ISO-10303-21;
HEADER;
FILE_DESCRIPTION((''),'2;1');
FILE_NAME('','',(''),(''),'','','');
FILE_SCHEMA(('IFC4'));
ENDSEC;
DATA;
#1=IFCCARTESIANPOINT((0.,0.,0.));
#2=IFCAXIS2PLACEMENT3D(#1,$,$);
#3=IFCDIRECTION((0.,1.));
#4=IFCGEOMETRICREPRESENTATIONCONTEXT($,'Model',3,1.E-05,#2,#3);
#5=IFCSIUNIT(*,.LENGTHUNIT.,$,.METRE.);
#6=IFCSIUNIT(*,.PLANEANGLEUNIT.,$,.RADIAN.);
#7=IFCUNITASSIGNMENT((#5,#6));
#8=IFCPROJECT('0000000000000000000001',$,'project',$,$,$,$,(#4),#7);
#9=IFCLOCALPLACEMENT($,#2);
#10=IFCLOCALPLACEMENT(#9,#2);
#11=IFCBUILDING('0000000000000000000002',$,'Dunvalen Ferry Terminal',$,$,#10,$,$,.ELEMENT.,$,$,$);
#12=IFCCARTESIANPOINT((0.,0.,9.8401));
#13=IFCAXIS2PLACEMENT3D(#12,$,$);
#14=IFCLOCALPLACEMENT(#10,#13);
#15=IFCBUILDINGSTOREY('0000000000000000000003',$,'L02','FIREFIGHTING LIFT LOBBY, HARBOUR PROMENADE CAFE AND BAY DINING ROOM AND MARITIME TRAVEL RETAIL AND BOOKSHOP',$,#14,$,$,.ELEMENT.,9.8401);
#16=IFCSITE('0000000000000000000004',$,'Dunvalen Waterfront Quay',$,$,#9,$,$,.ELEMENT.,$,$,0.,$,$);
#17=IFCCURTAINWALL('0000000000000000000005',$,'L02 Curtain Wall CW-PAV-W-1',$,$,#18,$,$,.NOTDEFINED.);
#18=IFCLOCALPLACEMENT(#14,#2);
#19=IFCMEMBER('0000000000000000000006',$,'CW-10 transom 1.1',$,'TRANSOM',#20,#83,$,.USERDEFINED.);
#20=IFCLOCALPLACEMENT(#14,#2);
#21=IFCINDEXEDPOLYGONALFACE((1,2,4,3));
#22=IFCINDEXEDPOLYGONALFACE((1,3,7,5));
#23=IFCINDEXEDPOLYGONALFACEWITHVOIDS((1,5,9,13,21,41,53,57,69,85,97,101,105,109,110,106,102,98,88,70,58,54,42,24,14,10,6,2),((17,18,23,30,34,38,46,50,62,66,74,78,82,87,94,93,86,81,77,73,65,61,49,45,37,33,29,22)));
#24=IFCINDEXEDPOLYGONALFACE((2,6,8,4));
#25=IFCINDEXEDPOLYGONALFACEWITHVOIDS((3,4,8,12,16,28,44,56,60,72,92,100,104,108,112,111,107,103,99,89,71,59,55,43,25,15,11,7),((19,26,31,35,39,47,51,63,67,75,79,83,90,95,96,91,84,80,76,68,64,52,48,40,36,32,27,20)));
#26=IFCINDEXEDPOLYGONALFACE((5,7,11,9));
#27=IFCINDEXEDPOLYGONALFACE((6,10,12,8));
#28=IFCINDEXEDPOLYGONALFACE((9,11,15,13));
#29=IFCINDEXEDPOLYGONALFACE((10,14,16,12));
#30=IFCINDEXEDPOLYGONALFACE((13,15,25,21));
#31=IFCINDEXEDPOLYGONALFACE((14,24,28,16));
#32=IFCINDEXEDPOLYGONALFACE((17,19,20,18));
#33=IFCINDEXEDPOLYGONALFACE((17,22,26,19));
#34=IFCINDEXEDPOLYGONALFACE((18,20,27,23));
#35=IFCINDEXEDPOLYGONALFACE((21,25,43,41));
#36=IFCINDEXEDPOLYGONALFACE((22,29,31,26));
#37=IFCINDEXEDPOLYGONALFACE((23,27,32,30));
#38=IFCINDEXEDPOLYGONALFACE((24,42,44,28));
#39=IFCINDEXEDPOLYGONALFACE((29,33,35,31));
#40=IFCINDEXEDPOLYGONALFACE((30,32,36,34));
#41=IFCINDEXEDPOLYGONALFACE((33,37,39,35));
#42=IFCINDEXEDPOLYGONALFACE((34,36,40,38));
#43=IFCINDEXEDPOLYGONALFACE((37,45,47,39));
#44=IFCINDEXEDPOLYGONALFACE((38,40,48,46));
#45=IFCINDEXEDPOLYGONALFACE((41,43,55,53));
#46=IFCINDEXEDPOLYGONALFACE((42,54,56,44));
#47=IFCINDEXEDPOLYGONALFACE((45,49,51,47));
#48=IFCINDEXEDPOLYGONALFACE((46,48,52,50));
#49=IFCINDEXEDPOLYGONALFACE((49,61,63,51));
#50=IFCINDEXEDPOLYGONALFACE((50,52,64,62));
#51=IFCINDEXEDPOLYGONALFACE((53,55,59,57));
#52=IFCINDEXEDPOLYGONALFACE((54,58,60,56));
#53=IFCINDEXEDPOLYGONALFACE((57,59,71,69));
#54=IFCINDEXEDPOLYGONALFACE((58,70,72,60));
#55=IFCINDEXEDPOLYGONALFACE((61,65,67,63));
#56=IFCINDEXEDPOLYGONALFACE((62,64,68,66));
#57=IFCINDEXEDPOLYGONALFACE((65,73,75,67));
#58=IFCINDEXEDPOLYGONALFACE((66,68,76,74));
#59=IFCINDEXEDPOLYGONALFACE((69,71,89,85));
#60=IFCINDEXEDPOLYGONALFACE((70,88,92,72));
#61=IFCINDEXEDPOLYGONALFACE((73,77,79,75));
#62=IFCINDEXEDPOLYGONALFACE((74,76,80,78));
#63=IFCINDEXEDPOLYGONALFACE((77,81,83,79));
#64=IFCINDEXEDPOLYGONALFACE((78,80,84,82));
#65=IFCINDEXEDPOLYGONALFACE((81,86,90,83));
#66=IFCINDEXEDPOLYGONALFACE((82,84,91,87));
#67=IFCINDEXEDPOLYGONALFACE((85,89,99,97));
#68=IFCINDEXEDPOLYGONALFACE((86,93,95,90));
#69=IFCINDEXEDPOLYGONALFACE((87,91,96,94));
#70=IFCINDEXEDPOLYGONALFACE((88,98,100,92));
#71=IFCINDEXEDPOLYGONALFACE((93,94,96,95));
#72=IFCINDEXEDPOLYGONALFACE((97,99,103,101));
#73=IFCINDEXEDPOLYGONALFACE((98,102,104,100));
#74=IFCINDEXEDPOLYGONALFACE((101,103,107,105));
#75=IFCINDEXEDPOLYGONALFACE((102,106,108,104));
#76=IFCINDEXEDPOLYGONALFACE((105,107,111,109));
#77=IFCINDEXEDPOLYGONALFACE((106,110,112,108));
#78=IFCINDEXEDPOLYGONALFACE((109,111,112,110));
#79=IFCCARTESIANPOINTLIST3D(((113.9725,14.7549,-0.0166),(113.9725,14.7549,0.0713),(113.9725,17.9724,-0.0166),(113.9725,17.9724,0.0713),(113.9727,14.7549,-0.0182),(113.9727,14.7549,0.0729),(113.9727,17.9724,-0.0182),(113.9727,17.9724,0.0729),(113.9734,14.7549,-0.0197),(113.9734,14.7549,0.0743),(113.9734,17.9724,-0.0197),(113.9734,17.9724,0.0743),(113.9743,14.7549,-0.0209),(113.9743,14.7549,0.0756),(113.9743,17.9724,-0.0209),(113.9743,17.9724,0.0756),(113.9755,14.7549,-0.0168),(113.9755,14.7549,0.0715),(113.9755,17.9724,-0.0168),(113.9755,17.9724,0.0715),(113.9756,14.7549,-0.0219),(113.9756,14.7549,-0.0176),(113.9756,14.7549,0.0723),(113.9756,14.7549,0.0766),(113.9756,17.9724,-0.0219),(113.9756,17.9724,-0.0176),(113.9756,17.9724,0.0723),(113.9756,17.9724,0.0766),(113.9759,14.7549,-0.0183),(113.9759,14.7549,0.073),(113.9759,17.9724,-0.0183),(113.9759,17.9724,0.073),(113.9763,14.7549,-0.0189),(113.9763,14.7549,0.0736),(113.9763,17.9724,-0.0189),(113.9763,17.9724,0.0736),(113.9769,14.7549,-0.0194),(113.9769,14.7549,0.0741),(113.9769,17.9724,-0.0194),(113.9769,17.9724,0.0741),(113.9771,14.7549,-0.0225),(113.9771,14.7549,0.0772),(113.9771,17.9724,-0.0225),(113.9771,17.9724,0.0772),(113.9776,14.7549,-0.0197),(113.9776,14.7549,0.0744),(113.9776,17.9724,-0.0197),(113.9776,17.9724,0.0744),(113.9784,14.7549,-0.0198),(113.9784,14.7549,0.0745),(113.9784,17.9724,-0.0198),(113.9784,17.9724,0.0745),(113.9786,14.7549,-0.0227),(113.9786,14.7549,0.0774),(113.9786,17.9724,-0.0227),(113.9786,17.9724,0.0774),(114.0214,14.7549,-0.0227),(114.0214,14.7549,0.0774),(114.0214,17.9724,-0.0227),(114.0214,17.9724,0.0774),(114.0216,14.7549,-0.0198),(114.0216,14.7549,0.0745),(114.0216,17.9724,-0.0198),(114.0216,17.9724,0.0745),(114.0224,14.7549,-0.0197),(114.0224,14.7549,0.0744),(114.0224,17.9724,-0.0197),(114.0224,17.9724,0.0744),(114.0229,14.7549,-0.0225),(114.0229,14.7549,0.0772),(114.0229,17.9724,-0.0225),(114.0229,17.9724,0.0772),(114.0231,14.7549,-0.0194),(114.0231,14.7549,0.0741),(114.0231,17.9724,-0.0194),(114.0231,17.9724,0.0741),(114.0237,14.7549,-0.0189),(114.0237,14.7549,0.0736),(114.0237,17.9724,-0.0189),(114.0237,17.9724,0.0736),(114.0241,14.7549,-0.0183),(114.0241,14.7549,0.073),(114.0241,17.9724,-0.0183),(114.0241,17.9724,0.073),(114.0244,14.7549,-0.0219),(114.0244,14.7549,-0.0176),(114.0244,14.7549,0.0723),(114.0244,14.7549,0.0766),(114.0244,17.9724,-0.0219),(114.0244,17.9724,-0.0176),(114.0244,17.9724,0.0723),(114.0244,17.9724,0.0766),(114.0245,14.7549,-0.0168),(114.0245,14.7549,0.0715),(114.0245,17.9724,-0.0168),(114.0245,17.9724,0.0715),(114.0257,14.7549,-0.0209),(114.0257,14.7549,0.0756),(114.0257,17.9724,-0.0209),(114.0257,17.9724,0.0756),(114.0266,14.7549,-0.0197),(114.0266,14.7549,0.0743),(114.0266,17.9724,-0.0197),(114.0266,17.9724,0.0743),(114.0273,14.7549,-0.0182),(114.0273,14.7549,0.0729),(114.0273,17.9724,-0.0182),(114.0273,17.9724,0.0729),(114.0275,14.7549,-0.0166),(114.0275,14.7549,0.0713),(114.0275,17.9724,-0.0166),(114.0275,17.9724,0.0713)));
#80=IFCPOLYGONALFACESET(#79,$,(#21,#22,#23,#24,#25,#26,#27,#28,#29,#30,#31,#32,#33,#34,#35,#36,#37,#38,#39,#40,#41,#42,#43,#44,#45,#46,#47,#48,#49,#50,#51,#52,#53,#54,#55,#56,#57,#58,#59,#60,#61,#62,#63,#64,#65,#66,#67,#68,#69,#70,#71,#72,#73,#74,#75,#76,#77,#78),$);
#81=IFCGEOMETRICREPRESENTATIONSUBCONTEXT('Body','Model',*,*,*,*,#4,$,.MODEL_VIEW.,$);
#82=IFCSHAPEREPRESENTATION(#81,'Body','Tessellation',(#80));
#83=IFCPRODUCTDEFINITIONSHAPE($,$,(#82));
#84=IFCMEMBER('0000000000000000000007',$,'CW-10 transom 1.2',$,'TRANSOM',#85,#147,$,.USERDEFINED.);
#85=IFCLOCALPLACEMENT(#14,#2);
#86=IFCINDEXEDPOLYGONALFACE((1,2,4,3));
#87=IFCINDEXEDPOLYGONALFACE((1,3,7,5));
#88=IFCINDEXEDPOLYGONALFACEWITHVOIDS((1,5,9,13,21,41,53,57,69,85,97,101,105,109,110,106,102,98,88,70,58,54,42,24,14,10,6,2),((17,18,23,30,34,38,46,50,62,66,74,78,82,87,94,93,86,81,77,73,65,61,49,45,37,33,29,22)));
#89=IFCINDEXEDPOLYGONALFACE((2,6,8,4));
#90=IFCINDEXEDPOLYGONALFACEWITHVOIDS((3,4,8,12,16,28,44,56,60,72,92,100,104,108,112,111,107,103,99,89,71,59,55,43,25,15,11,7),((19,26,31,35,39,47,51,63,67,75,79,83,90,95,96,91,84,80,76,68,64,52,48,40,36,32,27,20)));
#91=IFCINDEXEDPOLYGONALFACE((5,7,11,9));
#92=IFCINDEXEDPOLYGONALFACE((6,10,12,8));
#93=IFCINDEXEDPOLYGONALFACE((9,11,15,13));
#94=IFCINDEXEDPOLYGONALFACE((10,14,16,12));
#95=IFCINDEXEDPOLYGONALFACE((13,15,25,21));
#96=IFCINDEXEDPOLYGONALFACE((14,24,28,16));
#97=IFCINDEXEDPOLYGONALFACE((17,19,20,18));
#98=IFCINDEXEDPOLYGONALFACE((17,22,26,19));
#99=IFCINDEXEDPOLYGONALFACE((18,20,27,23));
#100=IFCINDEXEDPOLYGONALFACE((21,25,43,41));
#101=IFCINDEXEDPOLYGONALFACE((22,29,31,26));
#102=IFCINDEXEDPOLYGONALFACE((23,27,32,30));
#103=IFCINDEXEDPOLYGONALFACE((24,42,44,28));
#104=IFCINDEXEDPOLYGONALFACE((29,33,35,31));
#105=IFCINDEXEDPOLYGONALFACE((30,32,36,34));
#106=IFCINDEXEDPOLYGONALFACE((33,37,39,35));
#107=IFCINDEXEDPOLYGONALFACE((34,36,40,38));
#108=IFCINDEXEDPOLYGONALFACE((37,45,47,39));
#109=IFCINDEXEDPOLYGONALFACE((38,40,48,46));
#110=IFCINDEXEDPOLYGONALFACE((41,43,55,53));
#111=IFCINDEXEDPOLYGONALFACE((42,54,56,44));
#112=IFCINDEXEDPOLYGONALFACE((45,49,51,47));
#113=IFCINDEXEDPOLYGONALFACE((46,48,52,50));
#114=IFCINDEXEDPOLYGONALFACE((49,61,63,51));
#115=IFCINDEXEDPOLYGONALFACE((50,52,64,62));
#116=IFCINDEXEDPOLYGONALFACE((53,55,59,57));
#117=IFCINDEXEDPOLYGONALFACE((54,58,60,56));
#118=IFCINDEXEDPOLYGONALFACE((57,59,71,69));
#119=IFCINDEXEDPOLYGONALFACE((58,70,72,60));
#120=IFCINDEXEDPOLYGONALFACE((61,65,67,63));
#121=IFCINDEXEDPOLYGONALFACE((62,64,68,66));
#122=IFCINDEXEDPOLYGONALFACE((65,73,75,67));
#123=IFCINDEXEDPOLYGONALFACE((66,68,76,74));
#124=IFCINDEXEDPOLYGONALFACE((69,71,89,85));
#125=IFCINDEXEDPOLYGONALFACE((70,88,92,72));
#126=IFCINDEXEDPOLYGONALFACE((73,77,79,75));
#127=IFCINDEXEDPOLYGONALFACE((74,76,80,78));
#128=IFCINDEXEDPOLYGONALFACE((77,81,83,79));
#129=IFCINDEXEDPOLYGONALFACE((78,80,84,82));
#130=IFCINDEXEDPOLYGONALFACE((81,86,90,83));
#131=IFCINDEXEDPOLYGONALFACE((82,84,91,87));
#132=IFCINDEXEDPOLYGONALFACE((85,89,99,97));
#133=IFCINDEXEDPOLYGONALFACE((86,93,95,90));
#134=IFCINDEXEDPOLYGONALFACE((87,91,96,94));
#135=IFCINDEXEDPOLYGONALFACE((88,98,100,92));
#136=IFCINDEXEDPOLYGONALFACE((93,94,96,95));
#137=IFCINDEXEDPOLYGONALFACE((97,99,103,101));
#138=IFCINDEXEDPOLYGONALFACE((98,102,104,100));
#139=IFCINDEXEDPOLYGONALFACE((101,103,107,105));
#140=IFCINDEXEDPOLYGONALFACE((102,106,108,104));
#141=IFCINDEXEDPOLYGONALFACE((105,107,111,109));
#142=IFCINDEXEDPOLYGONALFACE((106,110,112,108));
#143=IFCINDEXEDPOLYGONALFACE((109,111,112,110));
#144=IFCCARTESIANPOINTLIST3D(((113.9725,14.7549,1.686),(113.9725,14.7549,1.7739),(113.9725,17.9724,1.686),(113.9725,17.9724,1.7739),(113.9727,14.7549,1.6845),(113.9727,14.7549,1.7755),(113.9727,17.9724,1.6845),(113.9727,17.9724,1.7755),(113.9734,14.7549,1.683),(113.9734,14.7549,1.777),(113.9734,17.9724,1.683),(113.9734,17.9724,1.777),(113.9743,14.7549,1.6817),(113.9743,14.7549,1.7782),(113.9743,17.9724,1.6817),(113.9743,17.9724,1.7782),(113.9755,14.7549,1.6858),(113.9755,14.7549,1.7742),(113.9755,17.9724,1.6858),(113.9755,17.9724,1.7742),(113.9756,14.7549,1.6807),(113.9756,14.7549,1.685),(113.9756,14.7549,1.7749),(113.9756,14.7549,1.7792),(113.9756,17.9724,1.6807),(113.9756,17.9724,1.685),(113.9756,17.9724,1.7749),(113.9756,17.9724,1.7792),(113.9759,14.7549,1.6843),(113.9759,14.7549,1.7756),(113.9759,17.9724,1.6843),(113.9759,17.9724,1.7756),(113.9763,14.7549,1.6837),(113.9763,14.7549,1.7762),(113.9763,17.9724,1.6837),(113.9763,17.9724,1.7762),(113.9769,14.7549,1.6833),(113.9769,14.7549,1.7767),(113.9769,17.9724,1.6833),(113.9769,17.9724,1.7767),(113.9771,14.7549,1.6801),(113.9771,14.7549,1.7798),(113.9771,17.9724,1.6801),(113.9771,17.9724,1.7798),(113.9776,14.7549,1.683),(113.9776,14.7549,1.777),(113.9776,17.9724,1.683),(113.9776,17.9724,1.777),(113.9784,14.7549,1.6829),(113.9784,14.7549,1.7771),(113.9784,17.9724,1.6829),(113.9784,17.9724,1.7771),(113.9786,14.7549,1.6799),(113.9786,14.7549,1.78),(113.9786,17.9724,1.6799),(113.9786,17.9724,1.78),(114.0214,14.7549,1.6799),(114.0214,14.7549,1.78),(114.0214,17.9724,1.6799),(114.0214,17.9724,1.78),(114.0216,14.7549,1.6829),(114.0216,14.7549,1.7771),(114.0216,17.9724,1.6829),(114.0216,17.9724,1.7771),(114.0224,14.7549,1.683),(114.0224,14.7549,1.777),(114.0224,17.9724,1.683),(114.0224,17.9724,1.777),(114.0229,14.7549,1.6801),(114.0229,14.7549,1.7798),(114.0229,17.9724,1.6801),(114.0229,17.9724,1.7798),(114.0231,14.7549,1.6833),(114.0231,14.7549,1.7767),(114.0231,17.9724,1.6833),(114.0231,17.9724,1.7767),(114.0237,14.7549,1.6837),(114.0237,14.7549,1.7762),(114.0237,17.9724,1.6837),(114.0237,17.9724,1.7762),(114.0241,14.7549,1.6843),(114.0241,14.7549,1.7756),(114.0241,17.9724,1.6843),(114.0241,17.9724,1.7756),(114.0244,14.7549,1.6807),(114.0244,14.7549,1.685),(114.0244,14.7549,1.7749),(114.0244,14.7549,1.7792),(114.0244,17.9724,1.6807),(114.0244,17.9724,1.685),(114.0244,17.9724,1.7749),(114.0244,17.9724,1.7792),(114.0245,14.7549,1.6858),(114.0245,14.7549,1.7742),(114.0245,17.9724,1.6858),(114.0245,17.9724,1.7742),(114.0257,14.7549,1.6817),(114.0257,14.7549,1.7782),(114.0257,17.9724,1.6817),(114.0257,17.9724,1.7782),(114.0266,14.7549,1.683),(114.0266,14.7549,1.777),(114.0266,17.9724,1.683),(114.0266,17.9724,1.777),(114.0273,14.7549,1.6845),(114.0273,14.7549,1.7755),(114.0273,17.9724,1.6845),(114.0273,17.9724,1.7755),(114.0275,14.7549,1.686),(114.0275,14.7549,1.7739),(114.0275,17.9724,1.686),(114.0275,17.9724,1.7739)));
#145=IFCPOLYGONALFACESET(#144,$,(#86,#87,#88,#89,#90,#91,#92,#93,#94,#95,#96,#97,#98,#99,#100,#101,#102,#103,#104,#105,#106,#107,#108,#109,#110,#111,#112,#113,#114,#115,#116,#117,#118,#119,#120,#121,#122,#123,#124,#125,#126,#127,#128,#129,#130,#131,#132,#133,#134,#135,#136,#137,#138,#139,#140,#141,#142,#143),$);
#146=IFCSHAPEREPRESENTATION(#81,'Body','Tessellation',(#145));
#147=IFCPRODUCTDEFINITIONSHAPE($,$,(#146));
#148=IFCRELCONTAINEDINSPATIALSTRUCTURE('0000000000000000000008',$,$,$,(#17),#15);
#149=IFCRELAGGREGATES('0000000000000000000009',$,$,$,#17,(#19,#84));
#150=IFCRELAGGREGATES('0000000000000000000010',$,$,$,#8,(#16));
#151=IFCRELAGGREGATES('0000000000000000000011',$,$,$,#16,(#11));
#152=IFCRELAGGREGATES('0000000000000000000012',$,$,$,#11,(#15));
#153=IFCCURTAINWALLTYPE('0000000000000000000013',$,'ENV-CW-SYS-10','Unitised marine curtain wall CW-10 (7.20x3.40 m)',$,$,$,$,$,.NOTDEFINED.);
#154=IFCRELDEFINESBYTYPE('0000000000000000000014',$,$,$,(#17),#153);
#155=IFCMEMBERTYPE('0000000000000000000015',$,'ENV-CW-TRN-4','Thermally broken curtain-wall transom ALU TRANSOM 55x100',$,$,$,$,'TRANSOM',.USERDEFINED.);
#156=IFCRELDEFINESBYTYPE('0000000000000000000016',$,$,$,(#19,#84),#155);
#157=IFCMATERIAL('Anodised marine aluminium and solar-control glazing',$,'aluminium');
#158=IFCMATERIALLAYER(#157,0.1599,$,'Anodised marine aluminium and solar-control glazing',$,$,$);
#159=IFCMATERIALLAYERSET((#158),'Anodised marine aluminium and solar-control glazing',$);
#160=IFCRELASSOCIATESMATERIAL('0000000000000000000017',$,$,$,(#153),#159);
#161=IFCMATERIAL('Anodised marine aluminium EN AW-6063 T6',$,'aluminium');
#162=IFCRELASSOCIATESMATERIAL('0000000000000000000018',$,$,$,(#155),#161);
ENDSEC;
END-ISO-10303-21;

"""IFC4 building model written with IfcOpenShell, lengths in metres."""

from ifc_helpers import new_model, si_unit, direction, frame, origin, origin_2d, place, context, subcontext, project, spatial, hollow_rectangle, extrude, material, layer, layer_set, material_profile, profile_set, type_object, element, aggregate, save


model = new_model("IFC4")

# Units and contexts
model_context = context("Model", 3, precision=1e-05, world=origin(), true_north=direction((0.0, 1.0)))
body_context = subcontext(model_context, "Body", "Model", "MODEL_VIEW")
ifc_project = project(units=[si_unit("LENGTHUNIT", "METRE"), si_unit("PLANEANGLEUNIT", "RADIAN")], contexts=[model_context])

# Site, building, storey
site_placement = place(None, origin())
site = spatial("IfcSite", under=ifc_project, at=site_placement, Name="Dunvalen Waterfront Quay", CompositionType="ELEMENT", RefElevation=0.0)
building_placement = place(site_placement, origin())
building = spatial("IfcBuilding", under=site, at=building_placement, Name="Dunvalen Ferry Terminal", CompositionType="ELEMENT")
storey_placement = place(building_placement, frame((0.0, 0.0, 9.8401)))
storey = spatial("IfcBuildingStorey", under=building, at=storey_placement, Name="L02", Description="FIREFIGHTING LIFT LOBBY, HARBOUR PROMENADE CAFE AND BAY DINING ROOM AND MARITIME TRAVEL RETAIL AND BOOKSHOP", CompositionType="ELEMENT", Elevation=9.8401)

# Curtain wall
ifc_material_1 = material(Name="Anodised marine aluminium and solar-control glazing", Category="aluminium")
ifc_layer_1 = layer(ifc_material_1, 0.1599, Name="Anodised marine aluminium and solar-control glazing")
ifc_layer_set_1 = layer_set([ifc_layer_1], Name="Anodised marine aluminium and solar-control glazing")
curtain_wall_type = type_object("IfcCurtainWallType", Name="ENV-CW-SYS-10", Description="Unitised marine curtain wall CW-10 (7.20x3.40 m)", PredefinedType="NOTDEFINED", material=ifc_layer_set_1)
curtain_wall_1_placement = place(storey_placement, origin())
curtain_wall_1 = element("IfcCurtainWall", 1, at=curtain_wall_1_placement, inside=storey, type_object=curtain_wall_type, Name="L02 Curtain Wall CW-PAV-W-1", PredefinedType="NOTDEFINED")
ifc_material_2 = material(Name="Anodised marine aluminium EN AW-6063 T6", Category="aluminium")

# Members
ifc_material_profile_1 = material_profile(ifc_material_2, hollow_rectangle(XDim=0.0549, YDim=0.1001, WallThickness=0.0029, InnerFilletRadius=0.0029, OuterFilletRadius=0.0061, at=origin_2d()), Name="Anodised marine aluminium EN AW-6063 T6")
ifc_profile_set_1 = profile_set([ifc_material_profile_1], Name="Anodised marine aluminium EN AW-6063 T6")
member_type_1 = type_object("IfcMemberType", Name="ENV-CW-TRN-4", Description="Thermally broken curtain-wall transom ALU TRANSOM 55x100", ElementType="TRANSOM", PredefinedType="USERDEFINED", material=ifc_profile_set_1)
member_1_placement = place(storey_placement, frame((114.0, 14.7549, 0.0273), z_axis=(0.0, 1.0, 0.0), x_axis=(-1.0, 0.0, 0.0)))
member_1 = element("IfcMember", 2, at=member_1_placement, type_object=member_type_1, Name="CW-10 transom 1.1", ObjectType="TRANSOM", PredefinedType="USERDEFINED", context=body_context, shape_type="SweptSolid", body=[
    extrude(hollow_rectangle(XDim=0.0549, YDim=0.1001, WallThickness=0.0029, InnerFilletRadius=0.0029, OuterFilletRadius=0.0061, at=origin_2d()), origin(), (0.0, 0.0, 1.0), 3.2175),
])
member_2_placement = place(storey_placement, frame((114.0, 14.7549, 1.73), z_axis=(0.0, 1.0, 0.0), x_axis=(-1.0, 0.0, 0.0)))
member_2 = element("IfcMember", 3, at=member_2_placement, type_object=member_type_1, Name="CW-10 transom 1.2", ObjectType="TRANSOM", PredefinedType="USERDEFINED", context=body_context, shape_type="SweptSolid", body=[
    extrude(hollow_rectangle(XDim=0.0549, YDim=0.1001, WallThickness=0.0029, InnerFilletRadius=0.0029, OuterFilletRadius=0.0061, at=origin_2d()), origin(), (0.0, 0.0, 1.0), 3.2175),
])

aggregate(curtain_wall_1, [member_1, member_2])

save(model, "model.ifc")
